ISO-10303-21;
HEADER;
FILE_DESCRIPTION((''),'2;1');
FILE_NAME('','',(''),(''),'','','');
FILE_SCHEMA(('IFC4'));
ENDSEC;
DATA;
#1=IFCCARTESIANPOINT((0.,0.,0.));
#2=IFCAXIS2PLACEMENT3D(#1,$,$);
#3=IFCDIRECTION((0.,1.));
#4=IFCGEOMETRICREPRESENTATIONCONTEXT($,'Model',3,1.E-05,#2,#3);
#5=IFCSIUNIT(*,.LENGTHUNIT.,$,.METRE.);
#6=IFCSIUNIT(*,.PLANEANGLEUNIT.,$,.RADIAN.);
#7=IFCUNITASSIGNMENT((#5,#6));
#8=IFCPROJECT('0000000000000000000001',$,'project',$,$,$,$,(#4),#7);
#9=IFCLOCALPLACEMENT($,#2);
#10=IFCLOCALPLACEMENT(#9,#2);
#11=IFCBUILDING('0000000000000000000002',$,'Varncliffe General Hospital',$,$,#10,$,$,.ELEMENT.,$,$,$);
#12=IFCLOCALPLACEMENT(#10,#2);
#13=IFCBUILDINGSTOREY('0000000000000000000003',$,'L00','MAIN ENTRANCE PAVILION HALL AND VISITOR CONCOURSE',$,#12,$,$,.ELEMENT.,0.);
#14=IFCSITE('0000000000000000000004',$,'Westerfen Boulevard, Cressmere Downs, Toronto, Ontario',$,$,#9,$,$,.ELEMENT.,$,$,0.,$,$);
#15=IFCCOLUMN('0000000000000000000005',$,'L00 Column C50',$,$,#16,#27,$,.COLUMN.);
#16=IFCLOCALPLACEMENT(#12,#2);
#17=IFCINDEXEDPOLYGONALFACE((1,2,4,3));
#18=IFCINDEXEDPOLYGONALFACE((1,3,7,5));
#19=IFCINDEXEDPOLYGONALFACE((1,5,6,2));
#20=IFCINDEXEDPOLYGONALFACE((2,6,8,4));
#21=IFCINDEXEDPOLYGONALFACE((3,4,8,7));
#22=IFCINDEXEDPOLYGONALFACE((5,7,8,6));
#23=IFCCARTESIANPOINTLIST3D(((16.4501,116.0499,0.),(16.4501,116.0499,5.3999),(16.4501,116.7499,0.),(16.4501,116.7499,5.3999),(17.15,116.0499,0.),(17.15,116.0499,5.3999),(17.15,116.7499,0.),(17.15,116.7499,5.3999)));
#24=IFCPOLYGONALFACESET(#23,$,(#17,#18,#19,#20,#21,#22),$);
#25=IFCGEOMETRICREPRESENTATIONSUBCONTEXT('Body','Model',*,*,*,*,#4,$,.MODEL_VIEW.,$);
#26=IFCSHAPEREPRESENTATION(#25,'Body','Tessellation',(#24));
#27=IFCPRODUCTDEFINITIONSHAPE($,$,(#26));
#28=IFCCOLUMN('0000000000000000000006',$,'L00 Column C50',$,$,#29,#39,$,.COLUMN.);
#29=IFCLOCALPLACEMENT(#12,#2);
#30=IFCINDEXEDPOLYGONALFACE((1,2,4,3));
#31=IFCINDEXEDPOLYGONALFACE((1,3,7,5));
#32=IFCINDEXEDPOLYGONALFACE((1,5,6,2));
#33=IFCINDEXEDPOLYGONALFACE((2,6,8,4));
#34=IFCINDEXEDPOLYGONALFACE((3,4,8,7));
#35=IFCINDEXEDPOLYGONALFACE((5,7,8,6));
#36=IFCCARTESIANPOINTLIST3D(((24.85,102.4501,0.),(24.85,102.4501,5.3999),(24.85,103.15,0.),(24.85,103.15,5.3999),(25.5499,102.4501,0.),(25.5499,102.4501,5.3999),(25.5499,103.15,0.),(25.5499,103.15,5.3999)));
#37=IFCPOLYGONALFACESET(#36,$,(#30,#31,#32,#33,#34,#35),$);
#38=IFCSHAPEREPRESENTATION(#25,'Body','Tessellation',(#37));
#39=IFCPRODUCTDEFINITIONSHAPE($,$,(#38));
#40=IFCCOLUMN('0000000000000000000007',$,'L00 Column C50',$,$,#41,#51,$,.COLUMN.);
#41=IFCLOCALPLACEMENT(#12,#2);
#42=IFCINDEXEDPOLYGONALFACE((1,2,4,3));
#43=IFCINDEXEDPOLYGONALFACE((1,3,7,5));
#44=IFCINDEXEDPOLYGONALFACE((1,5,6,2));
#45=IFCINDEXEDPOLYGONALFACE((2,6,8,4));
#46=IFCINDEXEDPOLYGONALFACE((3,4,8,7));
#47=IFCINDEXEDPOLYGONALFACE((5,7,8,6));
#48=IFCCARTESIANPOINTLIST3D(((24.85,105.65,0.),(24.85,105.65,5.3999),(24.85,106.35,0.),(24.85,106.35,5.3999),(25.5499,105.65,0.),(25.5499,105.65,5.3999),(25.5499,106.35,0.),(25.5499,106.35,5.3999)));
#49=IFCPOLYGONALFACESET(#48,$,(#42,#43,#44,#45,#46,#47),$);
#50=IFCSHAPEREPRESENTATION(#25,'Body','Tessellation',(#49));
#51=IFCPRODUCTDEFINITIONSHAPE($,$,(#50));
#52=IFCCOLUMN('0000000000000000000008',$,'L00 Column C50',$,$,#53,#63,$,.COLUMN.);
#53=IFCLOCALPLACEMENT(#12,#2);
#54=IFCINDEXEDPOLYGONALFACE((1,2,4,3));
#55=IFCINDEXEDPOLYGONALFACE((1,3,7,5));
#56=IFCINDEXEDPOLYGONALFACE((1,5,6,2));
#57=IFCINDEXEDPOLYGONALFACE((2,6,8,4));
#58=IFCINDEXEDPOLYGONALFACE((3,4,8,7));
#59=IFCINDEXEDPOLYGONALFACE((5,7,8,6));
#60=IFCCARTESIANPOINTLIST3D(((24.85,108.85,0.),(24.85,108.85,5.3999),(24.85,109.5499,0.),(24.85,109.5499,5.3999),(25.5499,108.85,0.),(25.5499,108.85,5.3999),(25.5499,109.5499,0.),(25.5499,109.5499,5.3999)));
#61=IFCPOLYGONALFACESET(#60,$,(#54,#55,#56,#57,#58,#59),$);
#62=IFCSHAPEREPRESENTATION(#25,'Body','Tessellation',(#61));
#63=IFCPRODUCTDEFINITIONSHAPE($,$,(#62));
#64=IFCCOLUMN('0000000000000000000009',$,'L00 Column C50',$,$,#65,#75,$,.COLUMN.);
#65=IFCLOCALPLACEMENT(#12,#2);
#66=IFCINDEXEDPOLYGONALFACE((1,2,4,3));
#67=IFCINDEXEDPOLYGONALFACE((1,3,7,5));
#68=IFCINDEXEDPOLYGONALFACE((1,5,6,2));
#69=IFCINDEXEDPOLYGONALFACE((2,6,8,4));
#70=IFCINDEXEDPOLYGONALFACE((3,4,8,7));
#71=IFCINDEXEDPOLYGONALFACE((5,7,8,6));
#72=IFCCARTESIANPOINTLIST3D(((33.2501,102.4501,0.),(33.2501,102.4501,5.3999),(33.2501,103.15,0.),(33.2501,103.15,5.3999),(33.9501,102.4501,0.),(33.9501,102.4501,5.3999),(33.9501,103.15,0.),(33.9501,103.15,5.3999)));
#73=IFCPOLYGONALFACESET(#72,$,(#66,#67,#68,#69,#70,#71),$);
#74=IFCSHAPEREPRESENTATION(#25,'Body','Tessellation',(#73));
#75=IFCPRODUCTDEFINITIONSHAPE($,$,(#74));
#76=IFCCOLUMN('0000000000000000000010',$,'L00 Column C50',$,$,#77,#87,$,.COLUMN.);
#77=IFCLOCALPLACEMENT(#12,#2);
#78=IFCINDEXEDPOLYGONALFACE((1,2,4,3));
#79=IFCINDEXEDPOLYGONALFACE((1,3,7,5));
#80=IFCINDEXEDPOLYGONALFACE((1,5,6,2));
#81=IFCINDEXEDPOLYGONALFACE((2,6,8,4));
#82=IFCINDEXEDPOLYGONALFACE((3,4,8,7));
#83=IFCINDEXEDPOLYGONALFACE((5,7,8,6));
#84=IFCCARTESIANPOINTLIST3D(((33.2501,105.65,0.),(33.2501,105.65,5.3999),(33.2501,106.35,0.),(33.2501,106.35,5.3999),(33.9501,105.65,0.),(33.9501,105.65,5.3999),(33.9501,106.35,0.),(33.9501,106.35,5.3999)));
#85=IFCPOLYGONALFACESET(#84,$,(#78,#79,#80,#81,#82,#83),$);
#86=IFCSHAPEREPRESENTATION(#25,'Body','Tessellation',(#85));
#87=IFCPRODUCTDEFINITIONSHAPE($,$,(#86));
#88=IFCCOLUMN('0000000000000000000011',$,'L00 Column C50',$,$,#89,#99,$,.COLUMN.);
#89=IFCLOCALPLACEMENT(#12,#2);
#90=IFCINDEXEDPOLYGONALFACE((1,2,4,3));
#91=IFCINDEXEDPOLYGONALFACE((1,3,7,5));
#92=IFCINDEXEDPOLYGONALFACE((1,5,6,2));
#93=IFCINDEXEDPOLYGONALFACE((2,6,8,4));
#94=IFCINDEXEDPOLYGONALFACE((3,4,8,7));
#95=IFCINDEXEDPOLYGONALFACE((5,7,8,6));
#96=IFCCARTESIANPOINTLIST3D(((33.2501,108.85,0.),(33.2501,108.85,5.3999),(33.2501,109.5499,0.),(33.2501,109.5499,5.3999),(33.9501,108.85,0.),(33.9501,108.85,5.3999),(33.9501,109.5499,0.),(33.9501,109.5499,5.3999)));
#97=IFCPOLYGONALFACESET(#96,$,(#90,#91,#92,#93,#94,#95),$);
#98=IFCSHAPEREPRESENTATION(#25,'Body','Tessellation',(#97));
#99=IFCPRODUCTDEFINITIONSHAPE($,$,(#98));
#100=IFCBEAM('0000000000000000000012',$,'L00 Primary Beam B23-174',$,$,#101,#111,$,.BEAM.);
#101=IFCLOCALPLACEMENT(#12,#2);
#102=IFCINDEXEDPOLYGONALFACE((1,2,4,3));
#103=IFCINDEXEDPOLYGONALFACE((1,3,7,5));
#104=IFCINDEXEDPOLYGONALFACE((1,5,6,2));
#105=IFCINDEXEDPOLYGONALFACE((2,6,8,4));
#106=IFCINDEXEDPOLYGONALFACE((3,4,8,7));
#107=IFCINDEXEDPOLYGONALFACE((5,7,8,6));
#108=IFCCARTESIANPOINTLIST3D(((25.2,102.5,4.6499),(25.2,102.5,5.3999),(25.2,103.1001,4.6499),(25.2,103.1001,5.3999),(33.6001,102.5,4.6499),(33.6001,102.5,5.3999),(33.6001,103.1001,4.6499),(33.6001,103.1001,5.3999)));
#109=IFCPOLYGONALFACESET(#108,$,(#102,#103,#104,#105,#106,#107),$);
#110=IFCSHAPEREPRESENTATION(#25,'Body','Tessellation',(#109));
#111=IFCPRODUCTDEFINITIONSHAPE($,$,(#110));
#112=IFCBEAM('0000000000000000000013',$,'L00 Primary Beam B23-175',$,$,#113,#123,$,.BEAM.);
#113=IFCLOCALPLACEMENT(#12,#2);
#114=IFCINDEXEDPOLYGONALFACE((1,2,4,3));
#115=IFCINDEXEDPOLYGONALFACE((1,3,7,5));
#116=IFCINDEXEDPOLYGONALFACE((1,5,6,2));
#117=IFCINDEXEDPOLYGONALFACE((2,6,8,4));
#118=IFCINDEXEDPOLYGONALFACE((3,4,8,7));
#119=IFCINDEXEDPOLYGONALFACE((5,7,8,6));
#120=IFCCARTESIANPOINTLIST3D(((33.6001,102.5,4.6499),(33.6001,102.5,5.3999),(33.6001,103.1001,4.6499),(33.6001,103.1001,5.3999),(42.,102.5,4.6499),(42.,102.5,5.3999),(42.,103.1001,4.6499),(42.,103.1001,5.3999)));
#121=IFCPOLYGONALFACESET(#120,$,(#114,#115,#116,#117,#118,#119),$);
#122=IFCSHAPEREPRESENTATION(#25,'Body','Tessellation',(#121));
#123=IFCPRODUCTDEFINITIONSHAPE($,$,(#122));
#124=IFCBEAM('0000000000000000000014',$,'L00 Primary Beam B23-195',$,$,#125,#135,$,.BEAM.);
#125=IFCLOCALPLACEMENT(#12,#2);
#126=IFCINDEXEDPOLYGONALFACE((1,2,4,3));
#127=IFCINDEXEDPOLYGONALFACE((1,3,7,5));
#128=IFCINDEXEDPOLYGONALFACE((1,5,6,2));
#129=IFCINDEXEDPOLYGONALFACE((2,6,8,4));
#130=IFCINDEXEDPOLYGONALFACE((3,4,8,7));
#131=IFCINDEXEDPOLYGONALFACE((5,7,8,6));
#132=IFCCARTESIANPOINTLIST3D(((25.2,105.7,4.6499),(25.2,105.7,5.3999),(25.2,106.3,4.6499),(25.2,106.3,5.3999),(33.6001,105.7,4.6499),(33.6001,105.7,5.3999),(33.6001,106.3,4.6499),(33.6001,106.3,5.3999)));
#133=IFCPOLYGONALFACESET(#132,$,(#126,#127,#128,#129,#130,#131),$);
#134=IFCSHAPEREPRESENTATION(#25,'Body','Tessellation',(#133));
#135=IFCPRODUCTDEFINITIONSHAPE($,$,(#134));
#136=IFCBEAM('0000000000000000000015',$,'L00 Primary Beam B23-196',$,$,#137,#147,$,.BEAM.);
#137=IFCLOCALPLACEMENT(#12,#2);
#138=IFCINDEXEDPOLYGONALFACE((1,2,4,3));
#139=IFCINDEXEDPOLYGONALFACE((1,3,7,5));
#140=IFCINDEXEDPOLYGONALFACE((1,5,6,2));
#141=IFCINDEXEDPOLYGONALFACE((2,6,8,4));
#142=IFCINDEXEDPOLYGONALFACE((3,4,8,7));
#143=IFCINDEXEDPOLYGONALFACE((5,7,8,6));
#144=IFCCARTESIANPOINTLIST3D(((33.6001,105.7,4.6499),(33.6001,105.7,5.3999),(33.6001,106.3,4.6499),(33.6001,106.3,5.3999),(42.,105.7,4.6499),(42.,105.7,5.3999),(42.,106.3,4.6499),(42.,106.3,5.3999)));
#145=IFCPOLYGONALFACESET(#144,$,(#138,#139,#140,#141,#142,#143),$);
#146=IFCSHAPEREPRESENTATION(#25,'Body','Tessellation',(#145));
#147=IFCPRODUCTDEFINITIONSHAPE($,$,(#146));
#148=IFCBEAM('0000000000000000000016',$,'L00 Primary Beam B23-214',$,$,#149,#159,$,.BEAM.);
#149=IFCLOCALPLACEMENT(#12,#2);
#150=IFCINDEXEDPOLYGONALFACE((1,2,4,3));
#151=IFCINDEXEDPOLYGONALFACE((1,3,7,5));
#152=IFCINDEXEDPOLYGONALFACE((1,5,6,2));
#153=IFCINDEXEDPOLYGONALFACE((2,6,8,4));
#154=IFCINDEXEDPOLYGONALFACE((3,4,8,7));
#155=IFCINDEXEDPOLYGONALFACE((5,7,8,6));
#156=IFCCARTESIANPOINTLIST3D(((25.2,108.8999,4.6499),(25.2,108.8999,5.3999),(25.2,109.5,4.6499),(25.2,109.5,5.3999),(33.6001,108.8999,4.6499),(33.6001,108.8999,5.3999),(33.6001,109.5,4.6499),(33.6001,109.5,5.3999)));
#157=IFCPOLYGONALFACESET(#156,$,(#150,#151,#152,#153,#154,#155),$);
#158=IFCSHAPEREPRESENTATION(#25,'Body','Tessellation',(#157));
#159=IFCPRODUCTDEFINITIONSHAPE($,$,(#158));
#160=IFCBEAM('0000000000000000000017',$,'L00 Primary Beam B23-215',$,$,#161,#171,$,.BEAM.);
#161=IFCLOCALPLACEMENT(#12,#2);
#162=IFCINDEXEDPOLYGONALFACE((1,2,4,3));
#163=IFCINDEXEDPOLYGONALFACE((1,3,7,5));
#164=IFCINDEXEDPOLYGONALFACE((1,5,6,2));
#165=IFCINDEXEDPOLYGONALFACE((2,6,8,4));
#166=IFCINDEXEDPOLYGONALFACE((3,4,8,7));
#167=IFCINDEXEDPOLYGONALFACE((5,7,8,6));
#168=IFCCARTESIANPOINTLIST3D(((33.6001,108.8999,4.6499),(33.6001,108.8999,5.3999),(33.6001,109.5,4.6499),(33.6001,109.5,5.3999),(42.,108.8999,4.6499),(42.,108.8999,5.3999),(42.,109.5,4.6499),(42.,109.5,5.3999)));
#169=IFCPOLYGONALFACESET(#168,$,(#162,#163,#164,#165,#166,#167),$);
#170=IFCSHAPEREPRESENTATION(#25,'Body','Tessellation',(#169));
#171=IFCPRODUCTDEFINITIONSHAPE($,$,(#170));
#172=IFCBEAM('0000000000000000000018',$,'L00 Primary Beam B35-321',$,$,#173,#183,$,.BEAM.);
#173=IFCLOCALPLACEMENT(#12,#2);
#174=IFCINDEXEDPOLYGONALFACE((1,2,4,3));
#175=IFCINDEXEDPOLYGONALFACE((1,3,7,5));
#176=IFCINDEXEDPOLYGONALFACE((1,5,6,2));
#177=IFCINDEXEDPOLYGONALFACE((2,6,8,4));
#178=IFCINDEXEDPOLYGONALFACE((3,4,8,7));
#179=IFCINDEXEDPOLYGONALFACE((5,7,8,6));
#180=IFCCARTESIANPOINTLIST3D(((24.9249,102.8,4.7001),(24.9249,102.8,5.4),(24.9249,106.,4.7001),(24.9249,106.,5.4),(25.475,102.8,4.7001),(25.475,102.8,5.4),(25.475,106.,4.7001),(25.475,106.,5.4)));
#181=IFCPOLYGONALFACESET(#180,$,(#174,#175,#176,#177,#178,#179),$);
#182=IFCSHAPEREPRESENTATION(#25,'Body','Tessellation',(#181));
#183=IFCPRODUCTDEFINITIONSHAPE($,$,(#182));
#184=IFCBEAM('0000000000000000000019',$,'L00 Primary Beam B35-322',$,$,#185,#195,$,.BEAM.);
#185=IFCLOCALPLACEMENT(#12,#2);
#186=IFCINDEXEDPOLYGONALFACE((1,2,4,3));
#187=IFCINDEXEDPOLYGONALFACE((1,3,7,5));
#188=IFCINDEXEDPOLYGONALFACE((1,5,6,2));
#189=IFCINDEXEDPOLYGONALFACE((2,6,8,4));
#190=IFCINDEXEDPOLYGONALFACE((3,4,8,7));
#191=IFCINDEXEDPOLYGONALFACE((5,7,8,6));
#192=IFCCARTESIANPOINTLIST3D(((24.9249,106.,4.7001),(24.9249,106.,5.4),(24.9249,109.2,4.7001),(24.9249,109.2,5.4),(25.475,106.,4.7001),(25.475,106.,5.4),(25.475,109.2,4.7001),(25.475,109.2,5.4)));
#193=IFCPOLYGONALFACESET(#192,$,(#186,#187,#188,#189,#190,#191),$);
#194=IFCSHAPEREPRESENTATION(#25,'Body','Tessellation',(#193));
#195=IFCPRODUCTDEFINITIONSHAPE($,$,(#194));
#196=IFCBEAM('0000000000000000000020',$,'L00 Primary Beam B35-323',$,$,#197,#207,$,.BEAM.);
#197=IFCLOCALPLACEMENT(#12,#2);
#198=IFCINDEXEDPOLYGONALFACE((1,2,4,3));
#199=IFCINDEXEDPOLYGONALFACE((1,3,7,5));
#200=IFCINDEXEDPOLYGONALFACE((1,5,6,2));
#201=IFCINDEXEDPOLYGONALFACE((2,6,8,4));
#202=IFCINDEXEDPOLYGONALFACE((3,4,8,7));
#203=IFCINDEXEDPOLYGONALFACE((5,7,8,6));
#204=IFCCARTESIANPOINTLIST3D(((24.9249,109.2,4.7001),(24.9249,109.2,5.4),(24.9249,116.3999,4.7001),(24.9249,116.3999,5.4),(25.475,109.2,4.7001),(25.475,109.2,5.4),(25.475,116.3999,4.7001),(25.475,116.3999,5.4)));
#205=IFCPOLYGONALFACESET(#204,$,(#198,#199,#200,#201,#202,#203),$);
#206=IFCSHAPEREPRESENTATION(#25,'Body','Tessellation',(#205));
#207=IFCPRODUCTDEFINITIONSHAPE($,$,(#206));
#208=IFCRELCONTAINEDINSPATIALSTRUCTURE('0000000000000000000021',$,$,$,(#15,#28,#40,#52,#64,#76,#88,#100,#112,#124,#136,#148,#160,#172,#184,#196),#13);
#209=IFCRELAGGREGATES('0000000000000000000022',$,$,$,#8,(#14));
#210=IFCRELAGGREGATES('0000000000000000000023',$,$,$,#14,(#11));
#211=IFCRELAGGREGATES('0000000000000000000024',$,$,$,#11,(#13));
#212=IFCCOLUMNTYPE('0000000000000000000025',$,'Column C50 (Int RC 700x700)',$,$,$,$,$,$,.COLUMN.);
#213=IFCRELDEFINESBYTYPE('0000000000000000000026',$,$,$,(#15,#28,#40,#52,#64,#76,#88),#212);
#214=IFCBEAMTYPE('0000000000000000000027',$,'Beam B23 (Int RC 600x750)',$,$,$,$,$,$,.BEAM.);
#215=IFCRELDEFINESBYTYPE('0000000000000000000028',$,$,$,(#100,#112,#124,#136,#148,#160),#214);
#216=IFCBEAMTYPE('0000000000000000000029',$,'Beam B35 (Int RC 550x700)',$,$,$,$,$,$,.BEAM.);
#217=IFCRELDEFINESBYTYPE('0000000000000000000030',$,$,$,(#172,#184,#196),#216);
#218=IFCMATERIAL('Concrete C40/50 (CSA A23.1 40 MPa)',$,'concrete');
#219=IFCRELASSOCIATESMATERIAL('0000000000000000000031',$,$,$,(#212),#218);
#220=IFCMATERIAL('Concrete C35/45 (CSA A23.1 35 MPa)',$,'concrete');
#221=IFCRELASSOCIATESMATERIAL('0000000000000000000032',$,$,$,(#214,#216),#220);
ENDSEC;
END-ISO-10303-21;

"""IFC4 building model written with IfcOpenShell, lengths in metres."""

from ifc_helpers import new_model, si_unit, direction, frame, origin, origin_2d, place, context, subcontext, project, spatial, rectangle, extrude, material, material_profile, profile_set, type_object, element, save


model = new_model("IFC4")

# Units and contexts
model_context = context("Model", 3, precision=1e-05, world=origin(), true_north=direction((0.0, 1.0)))
body_context = subcontext(model_context, "Body", "Model", "MODEL_VIEW")
ifc_project = project(units=[si_unit("LENGTHUNIT", "METRE"), si_unit("PLANEANGLEUNIT", "RADIAN")], contexts=[model_context])

# Site, building, storey
site_placement = place(None, origin())
site = spatial("IfcSite", under=ifc_project, at=site_placement, Name="Westerfen Boulevard, Cressmere Downs, Toronto, Ontario", CompositionType="ELEMENT", RefElevation=0.0)
building_placement = place(site_placement, origin())
building = spatial("IfcBuilding", under=site, at=building_placement, Name="Varncliffe General Hospital", CompositionType="ELEMENT")
storey_placement = place(building_placement, origin())
storey = spatial("IfcBuildingStorey", under=building, at=storey_placement, Name="L00", Description="MAIN ENTRANCE PAVILION HALL AND VISITOR CONCOURSE", CompositionType="ELEMENT", Elevation=0.0)

# Columns
ifc_material_1 = material(Name="Concrete C40/50 (CSA A23.1 40 MPa)", Category="concrete")
ifc_material_profile_1 = material_profile(ifc_material_1, rectangle(XDim=0.7, YDim=0.7, at=origin_2d()), Name="RC 700x700")
ifc_profile_set_1 = profile_set([ifc_material_profile_1], Name="Concrete C40/50 (CSA A23.1 40 MPa)")
column_type = type_object("IfcColumnType", Name="Column C50 (Int RC 700x700)", PredefinedType="COLUMN", material=ifc_profile_set_1)
for number, where, z_axis, x_axis, name in (
    (1, (16.8, 116.3999, 0.0), (0.0, 0.0, 1.0), (1.0, 0.0, 0.0), "L00 Column C50"),
    (2, (25.2, 102.8, 0.0), (0.0, 0.0, 1.0), (1.0, 0.0, 0.0), "L00 Column C50"),
    (3, (25.2, 106.0, 0.0), (0.0, 0.0, 1.0), (1.0, 0.0, 0.0), "L00 Column C50"),
    (4, (25.2, 109.2, 0.0), (0.0, 0.0, 1.0), (1.0, 0.0, 0.0), "L00 Column C50"),
    (5, (33.6001, 102.8, 0.0), (0.0, 0.0, 1.0), (1.0, 0.0, 0.0), "L00 Column C50"),
    (6, (33.6001, 106.0, 0.0), (0.0, 0.0, 1.0), (1.0, 0.0, 0.0), "L00 Column C50"),
    (7, (33.6001, 109.2, 0.0), (0.0, 0.0, 1.0), (1.0, 0.0, 0.0), "L00 Column C50"),
):
    element("IfcColumn", number, at=place(storey_placement, frame(where, z_axis=z_axis, x_axis=x_axis)), inside=storey, type_object=column_type, Name=name, PredefinedType="COLUMN", context=body_context, shape_type="SweptSolid", body=[
        extrude(rectangle(XDim=0.7, YDim=0.7, at=origin_2d()), origin(), (0.0, 0.0, 1.0), 5.3999),
    ])

# Beams
ifc_material_2 = material(Name="Concrete C35/45 (CSA A23.1 35 MPa)", Category="concrete")
ifc_material_profile_2 = material_profile(ifc_material_2, rectangle(XDim=0.6001, YDim=0.75, at=origin_2d()), Name="RC 600x750")
ifc_profile_set_2 = profile_set([ifc_material_profile_2], Name="Concrete C35/45 (CSA A23.1 35 MPa)")
beam_type_1 = type_object("IfcBeamType", Name="Beam B23 (Int RC 600x750)", PredefinedType="BEAM", material=ifc_profile_set_2)
beam_1_placement = place(storey_placement, frame((25.2, 102.8, 5.0249), z_axis=(1.0, 0.0, 0.0), x_axis=(0.0, 1.0, 0.0)))
element("IfcBeam", 8, at=beam_1_placement, inside=storey, type_object=beam_type_1, Name="L00 Primary Beam B23-174", PredefinedType="BEAM", context=body_context, shape_type="SweptSolid", body=[
    extrude(rectangle(XDim=0.6001, YDim=0.75, at=origin_2d()), origin(), (0.0, 0.0, 1.0), 8.4001),
])
beam_2_placement = place(storey_placement, frame((33.6001, 102.8, 5.0249), z_axis=(1.0, 0.0, 0.0), x_axis=(0.0, 1.0, 0.0)))
element("IfcBeam", 9, at=beam_2_placement, inside=storey, type_object=beam_type_1, Name="L00 Primary Beam B23-175", PredefinedType="BEAM", context=body_context, shape_type="SweptSolid", body=[
    extrude(rectangle(XDim=0.6001, YDim=0.75, at=origin_2d()), origin(), (0.0, 0.0, 1.0), 8.3999),
])
beam_3_placement = place(storey_placement, frame((25.2, 106.0, 5.0249), z_axis=(1.0, 0.0, 0.0), x_axis=(0.0, 1.0, 0.0)))
element("IfcBeam", 10, at=beam_3_placement, inside=storey, type_object=beam_type_1, Name="L00 Primary Beam B23-195", PredefinedType="BEAM", context=body_context, shape_type="SweptSolid", body=[
    extrude(rectangle(XDim=0.6001, YDim=0.75, at=origin_2d()), origin(), (0.0, 0.0, 1.0), 8.4001),
])
beam_4_placement = place(storey_placement, frame((33.6001, 106.0, 5.0249), z_axis=(1.0, 0.0, 0.0), x_axis=(0.0, 1.0, 0.0)))
element("IfcBeam", 11, at=beam_4_placement, inside=storey, type_object=beam_type_1, Name="L00 Primary Beam B23-196", PredefinedType="BEAM", context=body_context, shape_type="SweptSolid", body=[
    extrude(rectangle(XDim=0.6001, YDim=0.75, at=origin_2d()), origin(), (0.0, 0.0, 1.0), 8.3999),
])
beam_5_placement = place(storey_placement, frame((25.2, 109.2, 5.0249), z_axis=(1.0, 0.0, 0.0), x_axis=(0.0, 1.0, 0.0)))
element("IfcBeam", 12, at=beam_5_placement, inside=storey, type_object=beam_type_1, Name="L00 Primary Beam B23-214", PredefinedType="BEAM", context=body_context, shape_type="SweptSolid", body=[
    extrude(rectangle(XDim=0.6001, YDim=0.75, at=origin_2d()), origin(), (0.0, 0.0, 1.0), 8.4001),
])
beam_6_placement = place(storey_placement, frame((33.6001, 109.2, 5.0249), z_axis=(1.0, 0.0, 0.0), x_axis=(0.0, 1.0, 0.0)))
element("IfcBeam", 13, at=beam_6_placement, inside=storey, type_object=beam_type_1, Name="L00 Primary Beam B23-215", PredefinedType="BEAM", context=body_context, shape_type="SweptSolid", body=[
    extrude(rectangle(XDim=0.6001, YDim=0.75, at=origin_2d()), origin(), (0.0, 0.0, 1.0), 8.3999),
])
ifc_material_profile_3 = material_profile(ifc_material_2, rectangle(XDim=0.55, YDim=0.7, at=origin_2d()), Name="RC 550x700")
ifc_profile_set_3 = profile_set([ifc_material_profile_3], Name="Concrete C35/45 (CSA A23.1 35 MPa)")
beam_type_2 = type_object("IfcBeamType", Name="Beam B35 (Int RC 550x700)", PredefinedType="BEAM", material=ifc_profile_set_3)
for number, where, z_axis, x_axis, name in (
    (14, (25.2, 102.8, 5.05), (0.0, 1.0, 0.0), (-1.0, 0.0, 0.0), "L00 Primary Beam B35-321"),
    (15, (25.2, 106.0, 5.05), (0.0, 1.0, 0.0), (-1.0, 0.0, 0.0), "L00 Primary Beam B35-322"),
):
    element("IfcBeam", number, at=place(storey_placement, frame(where, z_axis=z_axis, x_axis=x_axis)), inside=storey, type_object=beam_type_2, Name=name, PredefinedType="BEAM", context=body_context, shape_type="SweptSolid", body=[
        extrude(rectangle(XDim=0.55, YDim=0.7, at=origin_2d()), origin(), (0.0, 0.0, 1.0), 3.2),
    ])
beam_7_placement = place(storey_placement, frame((25.2, 109.2, 5.05), z_axis=(0.0, 1.0, 0.0), x_axis=(-1.0, 0.0, 0.0)))
element("IfcBeam", 16, at=beam_7_placement, inside=storey, type_object=beam_type_2, Name="L00 Primary Beam B35-323", PredefinedType="BEAM", context=body_context, shape_type="SweptSolid", body=[
    extrude(rectangle(XDim=0.55, YDim=0.7, at=origin_2d()), origin(), (0.0, 0.0, 1.0), 7.2),
])

save(model, "model.ifc")
